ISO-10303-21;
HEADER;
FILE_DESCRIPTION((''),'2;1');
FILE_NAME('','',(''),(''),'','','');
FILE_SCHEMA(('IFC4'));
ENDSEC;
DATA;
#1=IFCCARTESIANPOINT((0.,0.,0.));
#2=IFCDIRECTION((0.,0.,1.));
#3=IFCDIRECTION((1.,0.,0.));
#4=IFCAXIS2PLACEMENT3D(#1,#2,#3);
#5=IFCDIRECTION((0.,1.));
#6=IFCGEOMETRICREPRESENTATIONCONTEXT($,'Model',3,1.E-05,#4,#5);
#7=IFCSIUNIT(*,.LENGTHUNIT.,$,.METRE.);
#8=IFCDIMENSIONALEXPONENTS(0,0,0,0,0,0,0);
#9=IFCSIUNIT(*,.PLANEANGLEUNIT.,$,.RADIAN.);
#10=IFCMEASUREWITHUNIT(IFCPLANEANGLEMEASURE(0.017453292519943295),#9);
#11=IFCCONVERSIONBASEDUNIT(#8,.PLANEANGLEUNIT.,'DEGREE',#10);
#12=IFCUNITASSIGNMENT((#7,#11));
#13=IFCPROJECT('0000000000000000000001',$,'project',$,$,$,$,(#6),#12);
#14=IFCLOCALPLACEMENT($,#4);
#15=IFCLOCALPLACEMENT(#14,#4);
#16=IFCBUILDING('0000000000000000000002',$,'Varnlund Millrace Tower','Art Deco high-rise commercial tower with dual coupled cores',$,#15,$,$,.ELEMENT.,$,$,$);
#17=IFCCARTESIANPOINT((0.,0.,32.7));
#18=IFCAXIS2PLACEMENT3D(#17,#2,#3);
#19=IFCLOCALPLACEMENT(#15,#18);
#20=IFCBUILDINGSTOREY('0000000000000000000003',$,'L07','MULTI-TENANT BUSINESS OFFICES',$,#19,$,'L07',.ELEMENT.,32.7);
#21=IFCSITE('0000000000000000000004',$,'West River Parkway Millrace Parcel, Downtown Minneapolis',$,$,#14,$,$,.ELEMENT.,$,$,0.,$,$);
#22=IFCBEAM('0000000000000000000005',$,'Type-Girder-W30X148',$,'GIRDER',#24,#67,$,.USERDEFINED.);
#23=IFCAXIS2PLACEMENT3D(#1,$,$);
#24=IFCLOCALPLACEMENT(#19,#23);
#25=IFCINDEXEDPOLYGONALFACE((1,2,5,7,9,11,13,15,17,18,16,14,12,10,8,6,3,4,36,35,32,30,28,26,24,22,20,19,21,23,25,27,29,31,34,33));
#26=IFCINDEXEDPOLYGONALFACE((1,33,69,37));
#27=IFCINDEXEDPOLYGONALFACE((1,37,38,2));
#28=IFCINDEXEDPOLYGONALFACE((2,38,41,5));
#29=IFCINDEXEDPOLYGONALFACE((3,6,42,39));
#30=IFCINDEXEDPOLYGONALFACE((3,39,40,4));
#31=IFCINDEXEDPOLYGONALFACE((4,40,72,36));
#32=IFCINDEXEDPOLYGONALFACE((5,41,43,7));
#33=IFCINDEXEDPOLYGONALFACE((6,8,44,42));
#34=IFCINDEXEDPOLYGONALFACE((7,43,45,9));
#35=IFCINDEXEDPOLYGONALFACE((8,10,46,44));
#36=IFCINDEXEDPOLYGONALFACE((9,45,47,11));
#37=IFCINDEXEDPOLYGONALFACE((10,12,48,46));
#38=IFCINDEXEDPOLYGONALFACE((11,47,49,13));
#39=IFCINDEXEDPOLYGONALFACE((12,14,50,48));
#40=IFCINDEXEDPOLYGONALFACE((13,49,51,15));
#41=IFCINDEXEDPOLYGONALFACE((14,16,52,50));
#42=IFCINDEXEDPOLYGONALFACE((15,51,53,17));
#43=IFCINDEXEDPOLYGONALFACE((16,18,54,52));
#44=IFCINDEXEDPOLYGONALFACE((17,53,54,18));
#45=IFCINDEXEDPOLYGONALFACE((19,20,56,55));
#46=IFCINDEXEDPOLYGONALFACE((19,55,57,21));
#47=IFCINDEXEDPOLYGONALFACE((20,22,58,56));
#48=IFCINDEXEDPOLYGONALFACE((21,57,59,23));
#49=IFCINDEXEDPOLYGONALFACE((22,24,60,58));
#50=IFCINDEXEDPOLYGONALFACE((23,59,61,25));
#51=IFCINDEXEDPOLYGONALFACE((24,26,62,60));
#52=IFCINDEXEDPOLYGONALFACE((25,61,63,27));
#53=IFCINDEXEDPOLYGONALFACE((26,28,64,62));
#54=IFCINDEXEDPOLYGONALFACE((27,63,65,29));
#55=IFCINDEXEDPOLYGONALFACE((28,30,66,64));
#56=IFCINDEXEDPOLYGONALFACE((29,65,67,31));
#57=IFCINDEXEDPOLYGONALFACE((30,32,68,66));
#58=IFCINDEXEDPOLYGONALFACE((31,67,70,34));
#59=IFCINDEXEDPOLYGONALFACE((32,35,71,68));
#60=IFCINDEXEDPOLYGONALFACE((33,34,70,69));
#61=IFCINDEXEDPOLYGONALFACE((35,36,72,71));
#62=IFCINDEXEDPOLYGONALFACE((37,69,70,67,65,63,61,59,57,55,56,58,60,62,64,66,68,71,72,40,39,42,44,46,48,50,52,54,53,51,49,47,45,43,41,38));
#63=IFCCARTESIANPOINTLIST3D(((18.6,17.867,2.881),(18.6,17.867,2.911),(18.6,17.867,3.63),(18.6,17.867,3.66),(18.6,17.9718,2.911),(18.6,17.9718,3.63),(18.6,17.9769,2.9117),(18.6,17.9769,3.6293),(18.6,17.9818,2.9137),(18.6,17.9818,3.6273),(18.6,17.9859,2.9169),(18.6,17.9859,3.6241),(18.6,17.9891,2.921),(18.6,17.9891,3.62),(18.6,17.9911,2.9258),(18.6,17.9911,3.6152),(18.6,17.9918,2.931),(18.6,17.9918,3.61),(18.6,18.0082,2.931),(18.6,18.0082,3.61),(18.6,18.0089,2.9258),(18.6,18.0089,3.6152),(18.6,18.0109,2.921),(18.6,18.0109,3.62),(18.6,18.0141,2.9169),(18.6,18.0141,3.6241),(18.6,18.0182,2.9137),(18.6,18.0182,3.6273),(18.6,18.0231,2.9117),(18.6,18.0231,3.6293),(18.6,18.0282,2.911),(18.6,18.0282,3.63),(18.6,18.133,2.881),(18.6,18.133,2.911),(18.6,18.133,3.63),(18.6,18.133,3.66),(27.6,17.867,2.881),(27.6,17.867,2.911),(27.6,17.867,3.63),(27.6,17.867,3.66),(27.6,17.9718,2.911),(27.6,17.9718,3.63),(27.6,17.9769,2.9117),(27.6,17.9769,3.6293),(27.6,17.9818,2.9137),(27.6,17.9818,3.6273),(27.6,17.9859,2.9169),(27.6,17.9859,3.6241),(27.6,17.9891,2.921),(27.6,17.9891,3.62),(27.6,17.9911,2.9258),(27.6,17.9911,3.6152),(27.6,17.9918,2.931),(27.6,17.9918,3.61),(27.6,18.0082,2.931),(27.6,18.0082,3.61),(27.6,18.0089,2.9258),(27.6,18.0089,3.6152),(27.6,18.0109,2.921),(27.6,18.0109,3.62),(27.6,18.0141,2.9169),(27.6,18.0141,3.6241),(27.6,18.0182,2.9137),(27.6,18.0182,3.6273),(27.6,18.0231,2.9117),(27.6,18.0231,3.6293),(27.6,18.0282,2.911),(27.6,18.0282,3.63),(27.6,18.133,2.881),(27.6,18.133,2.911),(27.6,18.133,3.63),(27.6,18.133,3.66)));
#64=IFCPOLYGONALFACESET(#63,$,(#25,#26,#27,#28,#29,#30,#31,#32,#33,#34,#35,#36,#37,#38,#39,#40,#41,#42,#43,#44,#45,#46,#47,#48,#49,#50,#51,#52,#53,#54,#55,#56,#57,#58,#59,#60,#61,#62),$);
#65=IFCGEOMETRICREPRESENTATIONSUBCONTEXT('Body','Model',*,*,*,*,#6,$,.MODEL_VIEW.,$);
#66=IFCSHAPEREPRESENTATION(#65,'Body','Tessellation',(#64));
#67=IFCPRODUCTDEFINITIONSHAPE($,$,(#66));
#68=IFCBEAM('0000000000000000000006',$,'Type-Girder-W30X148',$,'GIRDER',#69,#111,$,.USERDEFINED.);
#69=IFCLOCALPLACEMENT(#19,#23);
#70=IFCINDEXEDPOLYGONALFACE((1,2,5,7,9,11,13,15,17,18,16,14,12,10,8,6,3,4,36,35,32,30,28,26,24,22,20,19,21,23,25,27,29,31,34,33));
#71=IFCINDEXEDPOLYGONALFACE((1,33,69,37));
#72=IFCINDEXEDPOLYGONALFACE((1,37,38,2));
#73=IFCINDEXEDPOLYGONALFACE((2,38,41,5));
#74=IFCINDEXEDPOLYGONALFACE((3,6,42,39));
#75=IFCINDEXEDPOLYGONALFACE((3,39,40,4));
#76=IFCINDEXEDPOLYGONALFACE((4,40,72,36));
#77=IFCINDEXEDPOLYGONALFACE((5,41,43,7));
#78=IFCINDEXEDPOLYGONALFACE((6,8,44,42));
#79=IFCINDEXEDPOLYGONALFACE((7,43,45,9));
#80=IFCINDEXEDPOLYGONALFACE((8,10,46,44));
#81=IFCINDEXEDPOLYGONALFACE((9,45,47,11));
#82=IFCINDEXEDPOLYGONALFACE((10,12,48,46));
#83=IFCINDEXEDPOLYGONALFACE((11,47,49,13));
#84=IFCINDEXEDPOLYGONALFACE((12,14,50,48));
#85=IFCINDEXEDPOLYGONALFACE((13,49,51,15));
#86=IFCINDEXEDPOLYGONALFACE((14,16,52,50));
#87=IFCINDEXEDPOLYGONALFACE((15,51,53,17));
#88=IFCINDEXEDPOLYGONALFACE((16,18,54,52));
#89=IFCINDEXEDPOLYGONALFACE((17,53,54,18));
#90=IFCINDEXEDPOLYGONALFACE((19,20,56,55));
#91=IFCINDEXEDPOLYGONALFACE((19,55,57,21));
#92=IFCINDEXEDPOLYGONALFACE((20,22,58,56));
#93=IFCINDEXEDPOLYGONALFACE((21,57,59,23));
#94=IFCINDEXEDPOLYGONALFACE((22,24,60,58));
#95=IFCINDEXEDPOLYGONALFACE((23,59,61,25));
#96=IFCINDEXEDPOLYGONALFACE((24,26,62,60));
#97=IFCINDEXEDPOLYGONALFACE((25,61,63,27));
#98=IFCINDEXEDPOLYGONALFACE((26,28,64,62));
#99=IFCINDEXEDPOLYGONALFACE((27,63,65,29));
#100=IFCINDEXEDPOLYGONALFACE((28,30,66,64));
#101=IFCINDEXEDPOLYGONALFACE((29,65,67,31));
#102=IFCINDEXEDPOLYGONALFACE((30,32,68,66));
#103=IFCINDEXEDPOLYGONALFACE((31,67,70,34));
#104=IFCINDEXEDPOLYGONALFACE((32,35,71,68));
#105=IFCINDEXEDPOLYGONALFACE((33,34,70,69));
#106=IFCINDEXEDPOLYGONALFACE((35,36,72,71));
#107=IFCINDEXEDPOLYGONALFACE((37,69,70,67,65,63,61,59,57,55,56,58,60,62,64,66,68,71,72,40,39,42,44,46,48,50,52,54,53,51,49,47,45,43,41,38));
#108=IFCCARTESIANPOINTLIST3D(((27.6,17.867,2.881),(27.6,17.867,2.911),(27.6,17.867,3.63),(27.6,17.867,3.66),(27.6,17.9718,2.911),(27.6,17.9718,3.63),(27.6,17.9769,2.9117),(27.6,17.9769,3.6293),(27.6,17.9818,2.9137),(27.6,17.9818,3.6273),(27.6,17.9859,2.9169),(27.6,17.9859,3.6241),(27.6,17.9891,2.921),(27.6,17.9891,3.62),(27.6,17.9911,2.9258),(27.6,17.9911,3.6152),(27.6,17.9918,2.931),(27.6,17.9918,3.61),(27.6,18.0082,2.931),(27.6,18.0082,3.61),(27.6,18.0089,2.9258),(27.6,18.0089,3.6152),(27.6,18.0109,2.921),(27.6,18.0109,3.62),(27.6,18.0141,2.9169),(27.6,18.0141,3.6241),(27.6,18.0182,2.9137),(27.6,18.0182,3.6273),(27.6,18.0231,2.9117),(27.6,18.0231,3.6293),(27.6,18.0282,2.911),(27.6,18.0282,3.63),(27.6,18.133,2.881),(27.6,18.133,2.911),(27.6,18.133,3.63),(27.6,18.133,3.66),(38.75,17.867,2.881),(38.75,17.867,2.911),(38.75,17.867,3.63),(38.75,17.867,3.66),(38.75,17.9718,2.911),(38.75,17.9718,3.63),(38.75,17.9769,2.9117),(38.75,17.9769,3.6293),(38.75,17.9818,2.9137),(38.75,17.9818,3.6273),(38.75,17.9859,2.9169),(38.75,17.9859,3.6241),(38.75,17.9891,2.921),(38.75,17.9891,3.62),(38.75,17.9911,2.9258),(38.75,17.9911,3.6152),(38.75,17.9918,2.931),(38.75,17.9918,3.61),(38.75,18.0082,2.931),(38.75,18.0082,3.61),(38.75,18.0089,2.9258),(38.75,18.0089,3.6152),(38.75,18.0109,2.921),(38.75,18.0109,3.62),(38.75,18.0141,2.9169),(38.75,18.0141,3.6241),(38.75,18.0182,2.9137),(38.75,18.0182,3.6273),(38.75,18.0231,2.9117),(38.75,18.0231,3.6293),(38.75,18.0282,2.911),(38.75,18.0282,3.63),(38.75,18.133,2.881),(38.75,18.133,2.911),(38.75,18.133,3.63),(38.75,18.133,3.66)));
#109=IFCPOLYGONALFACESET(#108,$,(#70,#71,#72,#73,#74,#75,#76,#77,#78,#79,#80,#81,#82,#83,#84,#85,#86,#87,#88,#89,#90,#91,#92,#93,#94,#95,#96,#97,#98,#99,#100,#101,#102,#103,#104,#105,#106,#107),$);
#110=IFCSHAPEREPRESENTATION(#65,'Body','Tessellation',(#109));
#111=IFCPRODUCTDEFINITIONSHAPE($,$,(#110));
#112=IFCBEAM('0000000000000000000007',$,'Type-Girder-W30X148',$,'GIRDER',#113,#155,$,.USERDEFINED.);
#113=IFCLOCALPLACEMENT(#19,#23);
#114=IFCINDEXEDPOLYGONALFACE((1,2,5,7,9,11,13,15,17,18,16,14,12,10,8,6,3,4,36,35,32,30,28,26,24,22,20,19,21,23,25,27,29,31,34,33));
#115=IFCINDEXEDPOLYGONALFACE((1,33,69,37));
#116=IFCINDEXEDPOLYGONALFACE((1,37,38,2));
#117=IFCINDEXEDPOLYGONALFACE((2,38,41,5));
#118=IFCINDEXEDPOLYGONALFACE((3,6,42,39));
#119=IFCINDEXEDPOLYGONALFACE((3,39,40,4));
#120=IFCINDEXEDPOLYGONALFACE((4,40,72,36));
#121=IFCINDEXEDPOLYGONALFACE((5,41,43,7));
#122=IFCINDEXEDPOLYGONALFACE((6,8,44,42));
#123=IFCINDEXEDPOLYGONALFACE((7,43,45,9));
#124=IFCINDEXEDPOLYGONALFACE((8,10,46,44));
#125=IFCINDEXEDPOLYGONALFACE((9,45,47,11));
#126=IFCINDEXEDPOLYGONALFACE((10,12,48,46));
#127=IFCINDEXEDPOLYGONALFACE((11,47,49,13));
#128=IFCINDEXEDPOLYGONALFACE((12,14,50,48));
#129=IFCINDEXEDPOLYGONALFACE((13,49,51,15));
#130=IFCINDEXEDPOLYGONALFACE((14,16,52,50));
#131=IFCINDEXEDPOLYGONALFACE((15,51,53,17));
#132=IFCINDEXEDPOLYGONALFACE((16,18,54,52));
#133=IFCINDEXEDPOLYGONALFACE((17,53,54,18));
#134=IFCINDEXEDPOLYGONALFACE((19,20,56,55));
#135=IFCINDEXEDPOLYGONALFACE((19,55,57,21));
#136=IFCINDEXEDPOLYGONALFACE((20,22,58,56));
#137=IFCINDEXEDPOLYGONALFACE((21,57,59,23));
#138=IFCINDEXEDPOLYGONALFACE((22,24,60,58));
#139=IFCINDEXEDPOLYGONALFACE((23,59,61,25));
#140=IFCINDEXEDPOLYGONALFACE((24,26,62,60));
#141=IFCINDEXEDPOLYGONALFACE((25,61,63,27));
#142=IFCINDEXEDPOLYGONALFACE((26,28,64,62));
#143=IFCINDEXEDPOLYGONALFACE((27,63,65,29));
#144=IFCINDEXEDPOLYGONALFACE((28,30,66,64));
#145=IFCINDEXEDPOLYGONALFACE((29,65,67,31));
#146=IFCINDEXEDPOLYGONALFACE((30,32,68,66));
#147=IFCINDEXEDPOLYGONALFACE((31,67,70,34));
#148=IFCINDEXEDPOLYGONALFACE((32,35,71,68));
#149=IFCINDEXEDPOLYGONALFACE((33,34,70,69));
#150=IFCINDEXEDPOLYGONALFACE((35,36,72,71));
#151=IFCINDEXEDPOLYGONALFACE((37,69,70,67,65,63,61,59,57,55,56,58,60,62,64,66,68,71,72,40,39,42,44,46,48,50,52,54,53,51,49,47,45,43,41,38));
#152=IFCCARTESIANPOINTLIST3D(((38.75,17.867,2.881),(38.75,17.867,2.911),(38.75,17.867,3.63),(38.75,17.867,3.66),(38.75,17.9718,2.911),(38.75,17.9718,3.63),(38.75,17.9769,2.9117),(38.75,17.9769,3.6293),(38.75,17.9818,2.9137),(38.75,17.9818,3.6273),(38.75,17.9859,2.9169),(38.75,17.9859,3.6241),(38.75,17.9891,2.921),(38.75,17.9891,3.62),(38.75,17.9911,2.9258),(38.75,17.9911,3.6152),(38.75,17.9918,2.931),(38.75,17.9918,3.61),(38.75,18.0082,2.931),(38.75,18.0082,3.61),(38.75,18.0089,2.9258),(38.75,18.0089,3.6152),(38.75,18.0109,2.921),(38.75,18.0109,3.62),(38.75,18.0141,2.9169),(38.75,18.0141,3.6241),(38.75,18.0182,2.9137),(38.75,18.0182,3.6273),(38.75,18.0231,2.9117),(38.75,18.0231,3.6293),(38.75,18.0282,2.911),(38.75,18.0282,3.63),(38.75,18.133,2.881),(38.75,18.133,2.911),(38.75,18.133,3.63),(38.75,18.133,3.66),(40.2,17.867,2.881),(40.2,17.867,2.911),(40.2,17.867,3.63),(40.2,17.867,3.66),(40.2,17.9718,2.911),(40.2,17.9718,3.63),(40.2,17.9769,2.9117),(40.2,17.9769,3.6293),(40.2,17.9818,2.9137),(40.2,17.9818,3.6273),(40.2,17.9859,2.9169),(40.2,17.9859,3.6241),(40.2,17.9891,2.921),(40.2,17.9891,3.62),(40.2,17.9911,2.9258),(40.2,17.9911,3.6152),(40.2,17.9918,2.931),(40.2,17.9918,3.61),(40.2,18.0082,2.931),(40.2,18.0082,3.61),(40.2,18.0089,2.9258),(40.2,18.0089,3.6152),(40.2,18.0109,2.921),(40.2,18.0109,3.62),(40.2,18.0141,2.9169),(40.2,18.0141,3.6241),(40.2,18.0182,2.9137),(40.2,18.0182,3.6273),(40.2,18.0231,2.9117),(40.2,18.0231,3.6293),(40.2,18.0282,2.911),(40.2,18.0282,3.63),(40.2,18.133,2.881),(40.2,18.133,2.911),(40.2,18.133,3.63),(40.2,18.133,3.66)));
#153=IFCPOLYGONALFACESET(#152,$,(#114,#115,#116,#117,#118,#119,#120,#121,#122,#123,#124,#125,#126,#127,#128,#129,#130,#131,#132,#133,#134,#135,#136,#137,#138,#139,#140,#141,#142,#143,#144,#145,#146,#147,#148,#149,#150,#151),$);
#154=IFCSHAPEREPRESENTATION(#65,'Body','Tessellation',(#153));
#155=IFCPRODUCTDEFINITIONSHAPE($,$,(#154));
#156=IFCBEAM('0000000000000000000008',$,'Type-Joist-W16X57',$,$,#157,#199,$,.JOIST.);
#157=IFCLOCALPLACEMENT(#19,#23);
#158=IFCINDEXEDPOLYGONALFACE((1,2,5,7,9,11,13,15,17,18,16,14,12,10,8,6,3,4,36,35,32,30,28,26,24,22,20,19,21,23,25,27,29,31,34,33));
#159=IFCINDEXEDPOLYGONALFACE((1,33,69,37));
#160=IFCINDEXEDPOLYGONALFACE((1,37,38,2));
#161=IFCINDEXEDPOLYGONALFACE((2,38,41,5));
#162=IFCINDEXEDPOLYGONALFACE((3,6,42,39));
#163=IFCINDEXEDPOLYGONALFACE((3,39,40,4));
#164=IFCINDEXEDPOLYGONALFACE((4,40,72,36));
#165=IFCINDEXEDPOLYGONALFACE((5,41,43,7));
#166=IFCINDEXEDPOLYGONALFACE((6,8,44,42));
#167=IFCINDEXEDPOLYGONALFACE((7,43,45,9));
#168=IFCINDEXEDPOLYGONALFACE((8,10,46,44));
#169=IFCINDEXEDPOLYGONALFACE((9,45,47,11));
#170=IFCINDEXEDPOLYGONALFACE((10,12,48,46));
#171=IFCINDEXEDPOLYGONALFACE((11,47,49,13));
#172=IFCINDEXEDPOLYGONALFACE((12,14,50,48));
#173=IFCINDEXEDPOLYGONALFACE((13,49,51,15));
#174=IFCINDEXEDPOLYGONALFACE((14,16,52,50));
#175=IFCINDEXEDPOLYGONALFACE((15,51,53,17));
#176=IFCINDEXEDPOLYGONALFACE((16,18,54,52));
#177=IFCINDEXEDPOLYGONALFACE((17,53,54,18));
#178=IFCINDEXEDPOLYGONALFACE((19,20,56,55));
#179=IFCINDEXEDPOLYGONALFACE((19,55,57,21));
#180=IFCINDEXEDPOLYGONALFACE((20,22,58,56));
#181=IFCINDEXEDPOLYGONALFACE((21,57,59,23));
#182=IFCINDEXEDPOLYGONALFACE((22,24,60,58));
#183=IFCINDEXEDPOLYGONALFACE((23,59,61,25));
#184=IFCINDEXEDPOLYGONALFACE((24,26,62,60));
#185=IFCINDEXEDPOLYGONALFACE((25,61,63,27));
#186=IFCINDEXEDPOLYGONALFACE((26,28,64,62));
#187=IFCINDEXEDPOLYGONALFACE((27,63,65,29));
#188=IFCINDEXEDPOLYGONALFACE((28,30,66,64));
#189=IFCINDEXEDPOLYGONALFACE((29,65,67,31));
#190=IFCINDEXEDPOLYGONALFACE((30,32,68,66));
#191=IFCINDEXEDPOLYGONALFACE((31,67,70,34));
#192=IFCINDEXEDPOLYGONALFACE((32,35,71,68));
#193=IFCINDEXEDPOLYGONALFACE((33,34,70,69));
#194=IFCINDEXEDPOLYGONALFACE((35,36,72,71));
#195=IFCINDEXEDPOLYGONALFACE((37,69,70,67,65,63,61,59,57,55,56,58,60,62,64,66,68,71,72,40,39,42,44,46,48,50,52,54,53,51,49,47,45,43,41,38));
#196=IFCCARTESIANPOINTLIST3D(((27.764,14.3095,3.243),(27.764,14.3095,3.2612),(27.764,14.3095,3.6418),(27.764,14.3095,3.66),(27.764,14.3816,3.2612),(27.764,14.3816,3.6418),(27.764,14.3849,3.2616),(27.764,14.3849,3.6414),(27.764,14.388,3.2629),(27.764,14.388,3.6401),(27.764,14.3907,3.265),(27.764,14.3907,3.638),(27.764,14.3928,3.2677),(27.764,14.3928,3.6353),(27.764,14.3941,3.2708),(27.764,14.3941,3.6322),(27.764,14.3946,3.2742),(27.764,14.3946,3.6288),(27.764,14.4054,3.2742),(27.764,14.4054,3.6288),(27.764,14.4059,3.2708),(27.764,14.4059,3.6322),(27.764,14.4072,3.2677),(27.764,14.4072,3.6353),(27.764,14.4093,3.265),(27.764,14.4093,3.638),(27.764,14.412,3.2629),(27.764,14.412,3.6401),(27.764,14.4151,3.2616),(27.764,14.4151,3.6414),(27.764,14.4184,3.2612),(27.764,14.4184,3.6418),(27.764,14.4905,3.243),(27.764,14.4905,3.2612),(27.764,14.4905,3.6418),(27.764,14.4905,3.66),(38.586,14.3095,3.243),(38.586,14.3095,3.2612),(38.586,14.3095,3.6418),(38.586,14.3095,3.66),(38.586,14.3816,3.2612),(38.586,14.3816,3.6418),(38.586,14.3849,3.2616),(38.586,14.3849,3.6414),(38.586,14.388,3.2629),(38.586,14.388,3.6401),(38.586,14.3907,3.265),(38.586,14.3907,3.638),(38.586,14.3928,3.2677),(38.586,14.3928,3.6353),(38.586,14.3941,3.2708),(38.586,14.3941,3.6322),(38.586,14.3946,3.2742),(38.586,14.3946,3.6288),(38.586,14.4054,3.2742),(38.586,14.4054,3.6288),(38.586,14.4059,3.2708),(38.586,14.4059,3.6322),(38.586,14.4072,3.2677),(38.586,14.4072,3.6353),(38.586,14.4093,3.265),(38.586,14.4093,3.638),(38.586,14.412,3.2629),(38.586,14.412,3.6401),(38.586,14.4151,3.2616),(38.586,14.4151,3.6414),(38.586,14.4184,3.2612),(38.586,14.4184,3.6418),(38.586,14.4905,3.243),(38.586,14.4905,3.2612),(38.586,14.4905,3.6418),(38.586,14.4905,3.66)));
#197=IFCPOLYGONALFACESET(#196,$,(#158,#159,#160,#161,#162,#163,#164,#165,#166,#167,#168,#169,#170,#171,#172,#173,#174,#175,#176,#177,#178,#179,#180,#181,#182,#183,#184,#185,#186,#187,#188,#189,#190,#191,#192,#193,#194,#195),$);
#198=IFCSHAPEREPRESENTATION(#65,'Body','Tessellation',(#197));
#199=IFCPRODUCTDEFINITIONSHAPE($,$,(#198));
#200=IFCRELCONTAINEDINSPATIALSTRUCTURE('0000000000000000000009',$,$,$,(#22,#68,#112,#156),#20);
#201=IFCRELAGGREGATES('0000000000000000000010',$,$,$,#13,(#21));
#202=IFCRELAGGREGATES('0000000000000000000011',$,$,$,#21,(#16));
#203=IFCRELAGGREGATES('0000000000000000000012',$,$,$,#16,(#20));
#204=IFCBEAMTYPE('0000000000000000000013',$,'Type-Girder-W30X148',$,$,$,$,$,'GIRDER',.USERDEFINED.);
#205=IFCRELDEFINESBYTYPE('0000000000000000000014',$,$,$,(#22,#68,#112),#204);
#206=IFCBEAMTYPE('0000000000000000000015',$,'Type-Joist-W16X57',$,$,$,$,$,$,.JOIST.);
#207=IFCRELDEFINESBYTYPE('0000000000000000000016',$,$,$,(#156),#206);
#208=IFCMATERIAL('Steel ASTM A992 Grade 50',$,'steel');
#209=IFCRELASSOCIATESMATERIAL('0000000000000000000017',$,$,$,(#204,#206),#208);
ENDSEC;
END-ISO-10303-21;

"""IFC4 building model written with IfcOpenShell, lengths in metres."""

from ifc_helpers import new_model, entity, si_unit, converted_unit, direction, frame, origin_with_axes, origin_2d_with_axis, place, context, subcontext, project, spatial, i_section, extrude, material, material_profile, profile_set, type_object, element, save


model = new_model("IFC4")

# Units and contexts
model_context = context("Model", 3, precision=1e-05, world=origin_with_axes(), true_north=direction((0.0, 1.0)))
body_context = subcontext(model_context, "Body", "Model", "MODEL_VIEW")
ifc_project = project(units=[si_unit("LENGTHUNIT", "METRE"), converted_unit("PLANEANGLEUNIT", "DEGREE", entity("IfcPlaneAngleMeasure", 0.017453292519943295), si_unit("PLANEANGLEUNIT", "RADIAN"), dimensions=[0, 0, 0, 0, 0, 0, 0])], contexts=[model_context])

# Site, building, storey
site_placement = place(None, origin_with_axes())
site = spatial("IfcSite", under=ifc_project, at=site_placement, Name="West River Parkway Millrace Parcel, Downtown Minneapolis", CompositionType="ELEMENT", RefElevation=0.0)
building_placement = place(site_placement, origin_with_axes())
building = spatial("IfcBuilding", under=site, at=building_placement, Name="Varnlund Millrace Tower", Description="Art Deco high-rise commercial tower with dual coupled cores", CompositionType="ELEMENT")
storey_placement = place(building_placement, frame((0.0, 0.0, 32.7), z_axis=(0.0, 0.0, 1.0), x_axis=(1.0, 0.0, 0.0)))
storey = spatial("IfcBuildingStorey", under=building, at=storey_placement, Name="L07", Description="MULTI-TENANT BUSINESS OFFICES", LongName="L07", CompositionType="ELEMENT", Elevation=32.7)

# Beams
ifc_material_1 = material(Name="Steel ASTM A992 Grade 50", Category="steel")
ifc_material_profile_1 = material_profile(ifc_material_1, i_section(OverallWidth=0.266, OverallDepth=0.779, WebThickness=0.0165, FlangeThickness=0.03, FilletRadius=0.02, at=origin_2d_with_axis()), Name="Steel ASTM A992 Grade 50")
ifc_profile_set_1 = profile_set([ifc_material_profile_1], Name="Steel ASTM A992 Grade 50")
beam_type_1 = type_object("IfcBeamType", Name="Type-Girder-W30X148", ElementType="GIRDER", PredefinedType="USERDEFINED", material=ifc_profile_set_1)
beam_1_placement = place(storey_placement, frame((18.6, 18.0, 3.2705), z_axis=(1.0, 0.0, 0.0), x_axis=(0.0, 1.0, 0.0)))
element("IfcBeam", 1, at=beam_1_placement, inside=storey, type_object=beam_type_1, Name="Type-Girder-W30X148", ObjectType="GIRDER", PredefinedType="USERDEFINED", context=body_context, shape_type="SweptSolid", body=[
    extrude(i_section(OverallWidth=0.266, OverallDepth=0.779, WebThickness=0.0165, FlangeThickness=0.03, FilletRadius=0.02, at=origin_2d_with_axis()), origin_with_axes(), (0.0, 0.0, 1.0), 9.0),
])
beam_2_placement = place(storey_placement, frame((27.6, 18.0, 3.2705), z_axis=(1.0, 0.0, 0.0), x_axis=(0.0, 1.0, 0.0)))
element("IfcBeam", 2, at=beam_2_placement, inside=storey, type_object=beam_type_1, Name="Type-Girder-W30X148", ObjectType="GIRDER", PredefinedType="USERDEFINED", context=body_context, shape_type="SweptSolid", body=[
    extrude(i_section(OverallWidth=0.266, OverallDepth=0.779, WebThickness=0.0165, FlangeThickness=0.03, FilletRadius=0.02, at=origin_2d_with_axis()), origin_with_axes(), (0.0, 0.0, 1.0), 11.15),
])
beam_3_placement = place(storey_placement, frame((38.75, 18.0, 3.2705), z_axis=(1.0, 0.0, 0.0), x_axis=(0.0, 1.0, 0.0)))
element("IfcBeam", 3, at=beam_3_placement, inside=storey, type_object=beam_type_1, Name="Type-Girder-W30X148", ObjectType="GIRDER", PredefinedType="USERDEFINED", context=body_context, shape_type="SweptSolid", body=[
    extrude(i_section(OverallWidth=0.266, OverallDepth=0.779, WebThickness=0.0165, FlangeThickness=0.03, FilletRadius=0.02, at=origin_2d_with_axis()), origin_with_axes(), (0.0, 0.0, 1.0), 1.45),
])
ifc_material_profile_2 = material_profile(ifc_material_1, i_section(OverallWidth=0.181, OverallDepth=0.417, WebThickness=0.0109, FlangeThickness=0.0182, FilletRadius=0.013, at=origin_2d_with_axis()), Name="Steel ASTM A992 Grade 50")
ifc_profile_set_2 = profile_set([ifc_material_profile_2], Name="Steel ASTM A992 Grade 50")
beam_type_2 = type_object("IfcBeamType", Name="Type-Joist-W16X57", PredefinedType="JOIST", material=ifc_profile_set_2)
beam_4_placement = place(storey_placement, frame((27.764, 14.4, 3.4515), z_axis=(1.0, 0.0, 0.0), x_axis=(0.0, 1.0, 0.0)))
element("IfcBeam", 4, at=beam_4_placement, inside=storey, type_object=beam_type_2, Name="Type-Joist-W16X57", PredefinedType="JOIST", context=body_context, shape_type="SweptSolid", body=[
    extrude(i_section(OverallWidth=0.181, OverallDepth=0.417, WebThickness=0.0109, FlangeThickness=0.0182, FilletRadius=0.013, at=origin_2d_with_axis()), origin_with_axes(), (0.0, 0.0, 1.0), 10.822),
])

save(model, "model.ifc")
